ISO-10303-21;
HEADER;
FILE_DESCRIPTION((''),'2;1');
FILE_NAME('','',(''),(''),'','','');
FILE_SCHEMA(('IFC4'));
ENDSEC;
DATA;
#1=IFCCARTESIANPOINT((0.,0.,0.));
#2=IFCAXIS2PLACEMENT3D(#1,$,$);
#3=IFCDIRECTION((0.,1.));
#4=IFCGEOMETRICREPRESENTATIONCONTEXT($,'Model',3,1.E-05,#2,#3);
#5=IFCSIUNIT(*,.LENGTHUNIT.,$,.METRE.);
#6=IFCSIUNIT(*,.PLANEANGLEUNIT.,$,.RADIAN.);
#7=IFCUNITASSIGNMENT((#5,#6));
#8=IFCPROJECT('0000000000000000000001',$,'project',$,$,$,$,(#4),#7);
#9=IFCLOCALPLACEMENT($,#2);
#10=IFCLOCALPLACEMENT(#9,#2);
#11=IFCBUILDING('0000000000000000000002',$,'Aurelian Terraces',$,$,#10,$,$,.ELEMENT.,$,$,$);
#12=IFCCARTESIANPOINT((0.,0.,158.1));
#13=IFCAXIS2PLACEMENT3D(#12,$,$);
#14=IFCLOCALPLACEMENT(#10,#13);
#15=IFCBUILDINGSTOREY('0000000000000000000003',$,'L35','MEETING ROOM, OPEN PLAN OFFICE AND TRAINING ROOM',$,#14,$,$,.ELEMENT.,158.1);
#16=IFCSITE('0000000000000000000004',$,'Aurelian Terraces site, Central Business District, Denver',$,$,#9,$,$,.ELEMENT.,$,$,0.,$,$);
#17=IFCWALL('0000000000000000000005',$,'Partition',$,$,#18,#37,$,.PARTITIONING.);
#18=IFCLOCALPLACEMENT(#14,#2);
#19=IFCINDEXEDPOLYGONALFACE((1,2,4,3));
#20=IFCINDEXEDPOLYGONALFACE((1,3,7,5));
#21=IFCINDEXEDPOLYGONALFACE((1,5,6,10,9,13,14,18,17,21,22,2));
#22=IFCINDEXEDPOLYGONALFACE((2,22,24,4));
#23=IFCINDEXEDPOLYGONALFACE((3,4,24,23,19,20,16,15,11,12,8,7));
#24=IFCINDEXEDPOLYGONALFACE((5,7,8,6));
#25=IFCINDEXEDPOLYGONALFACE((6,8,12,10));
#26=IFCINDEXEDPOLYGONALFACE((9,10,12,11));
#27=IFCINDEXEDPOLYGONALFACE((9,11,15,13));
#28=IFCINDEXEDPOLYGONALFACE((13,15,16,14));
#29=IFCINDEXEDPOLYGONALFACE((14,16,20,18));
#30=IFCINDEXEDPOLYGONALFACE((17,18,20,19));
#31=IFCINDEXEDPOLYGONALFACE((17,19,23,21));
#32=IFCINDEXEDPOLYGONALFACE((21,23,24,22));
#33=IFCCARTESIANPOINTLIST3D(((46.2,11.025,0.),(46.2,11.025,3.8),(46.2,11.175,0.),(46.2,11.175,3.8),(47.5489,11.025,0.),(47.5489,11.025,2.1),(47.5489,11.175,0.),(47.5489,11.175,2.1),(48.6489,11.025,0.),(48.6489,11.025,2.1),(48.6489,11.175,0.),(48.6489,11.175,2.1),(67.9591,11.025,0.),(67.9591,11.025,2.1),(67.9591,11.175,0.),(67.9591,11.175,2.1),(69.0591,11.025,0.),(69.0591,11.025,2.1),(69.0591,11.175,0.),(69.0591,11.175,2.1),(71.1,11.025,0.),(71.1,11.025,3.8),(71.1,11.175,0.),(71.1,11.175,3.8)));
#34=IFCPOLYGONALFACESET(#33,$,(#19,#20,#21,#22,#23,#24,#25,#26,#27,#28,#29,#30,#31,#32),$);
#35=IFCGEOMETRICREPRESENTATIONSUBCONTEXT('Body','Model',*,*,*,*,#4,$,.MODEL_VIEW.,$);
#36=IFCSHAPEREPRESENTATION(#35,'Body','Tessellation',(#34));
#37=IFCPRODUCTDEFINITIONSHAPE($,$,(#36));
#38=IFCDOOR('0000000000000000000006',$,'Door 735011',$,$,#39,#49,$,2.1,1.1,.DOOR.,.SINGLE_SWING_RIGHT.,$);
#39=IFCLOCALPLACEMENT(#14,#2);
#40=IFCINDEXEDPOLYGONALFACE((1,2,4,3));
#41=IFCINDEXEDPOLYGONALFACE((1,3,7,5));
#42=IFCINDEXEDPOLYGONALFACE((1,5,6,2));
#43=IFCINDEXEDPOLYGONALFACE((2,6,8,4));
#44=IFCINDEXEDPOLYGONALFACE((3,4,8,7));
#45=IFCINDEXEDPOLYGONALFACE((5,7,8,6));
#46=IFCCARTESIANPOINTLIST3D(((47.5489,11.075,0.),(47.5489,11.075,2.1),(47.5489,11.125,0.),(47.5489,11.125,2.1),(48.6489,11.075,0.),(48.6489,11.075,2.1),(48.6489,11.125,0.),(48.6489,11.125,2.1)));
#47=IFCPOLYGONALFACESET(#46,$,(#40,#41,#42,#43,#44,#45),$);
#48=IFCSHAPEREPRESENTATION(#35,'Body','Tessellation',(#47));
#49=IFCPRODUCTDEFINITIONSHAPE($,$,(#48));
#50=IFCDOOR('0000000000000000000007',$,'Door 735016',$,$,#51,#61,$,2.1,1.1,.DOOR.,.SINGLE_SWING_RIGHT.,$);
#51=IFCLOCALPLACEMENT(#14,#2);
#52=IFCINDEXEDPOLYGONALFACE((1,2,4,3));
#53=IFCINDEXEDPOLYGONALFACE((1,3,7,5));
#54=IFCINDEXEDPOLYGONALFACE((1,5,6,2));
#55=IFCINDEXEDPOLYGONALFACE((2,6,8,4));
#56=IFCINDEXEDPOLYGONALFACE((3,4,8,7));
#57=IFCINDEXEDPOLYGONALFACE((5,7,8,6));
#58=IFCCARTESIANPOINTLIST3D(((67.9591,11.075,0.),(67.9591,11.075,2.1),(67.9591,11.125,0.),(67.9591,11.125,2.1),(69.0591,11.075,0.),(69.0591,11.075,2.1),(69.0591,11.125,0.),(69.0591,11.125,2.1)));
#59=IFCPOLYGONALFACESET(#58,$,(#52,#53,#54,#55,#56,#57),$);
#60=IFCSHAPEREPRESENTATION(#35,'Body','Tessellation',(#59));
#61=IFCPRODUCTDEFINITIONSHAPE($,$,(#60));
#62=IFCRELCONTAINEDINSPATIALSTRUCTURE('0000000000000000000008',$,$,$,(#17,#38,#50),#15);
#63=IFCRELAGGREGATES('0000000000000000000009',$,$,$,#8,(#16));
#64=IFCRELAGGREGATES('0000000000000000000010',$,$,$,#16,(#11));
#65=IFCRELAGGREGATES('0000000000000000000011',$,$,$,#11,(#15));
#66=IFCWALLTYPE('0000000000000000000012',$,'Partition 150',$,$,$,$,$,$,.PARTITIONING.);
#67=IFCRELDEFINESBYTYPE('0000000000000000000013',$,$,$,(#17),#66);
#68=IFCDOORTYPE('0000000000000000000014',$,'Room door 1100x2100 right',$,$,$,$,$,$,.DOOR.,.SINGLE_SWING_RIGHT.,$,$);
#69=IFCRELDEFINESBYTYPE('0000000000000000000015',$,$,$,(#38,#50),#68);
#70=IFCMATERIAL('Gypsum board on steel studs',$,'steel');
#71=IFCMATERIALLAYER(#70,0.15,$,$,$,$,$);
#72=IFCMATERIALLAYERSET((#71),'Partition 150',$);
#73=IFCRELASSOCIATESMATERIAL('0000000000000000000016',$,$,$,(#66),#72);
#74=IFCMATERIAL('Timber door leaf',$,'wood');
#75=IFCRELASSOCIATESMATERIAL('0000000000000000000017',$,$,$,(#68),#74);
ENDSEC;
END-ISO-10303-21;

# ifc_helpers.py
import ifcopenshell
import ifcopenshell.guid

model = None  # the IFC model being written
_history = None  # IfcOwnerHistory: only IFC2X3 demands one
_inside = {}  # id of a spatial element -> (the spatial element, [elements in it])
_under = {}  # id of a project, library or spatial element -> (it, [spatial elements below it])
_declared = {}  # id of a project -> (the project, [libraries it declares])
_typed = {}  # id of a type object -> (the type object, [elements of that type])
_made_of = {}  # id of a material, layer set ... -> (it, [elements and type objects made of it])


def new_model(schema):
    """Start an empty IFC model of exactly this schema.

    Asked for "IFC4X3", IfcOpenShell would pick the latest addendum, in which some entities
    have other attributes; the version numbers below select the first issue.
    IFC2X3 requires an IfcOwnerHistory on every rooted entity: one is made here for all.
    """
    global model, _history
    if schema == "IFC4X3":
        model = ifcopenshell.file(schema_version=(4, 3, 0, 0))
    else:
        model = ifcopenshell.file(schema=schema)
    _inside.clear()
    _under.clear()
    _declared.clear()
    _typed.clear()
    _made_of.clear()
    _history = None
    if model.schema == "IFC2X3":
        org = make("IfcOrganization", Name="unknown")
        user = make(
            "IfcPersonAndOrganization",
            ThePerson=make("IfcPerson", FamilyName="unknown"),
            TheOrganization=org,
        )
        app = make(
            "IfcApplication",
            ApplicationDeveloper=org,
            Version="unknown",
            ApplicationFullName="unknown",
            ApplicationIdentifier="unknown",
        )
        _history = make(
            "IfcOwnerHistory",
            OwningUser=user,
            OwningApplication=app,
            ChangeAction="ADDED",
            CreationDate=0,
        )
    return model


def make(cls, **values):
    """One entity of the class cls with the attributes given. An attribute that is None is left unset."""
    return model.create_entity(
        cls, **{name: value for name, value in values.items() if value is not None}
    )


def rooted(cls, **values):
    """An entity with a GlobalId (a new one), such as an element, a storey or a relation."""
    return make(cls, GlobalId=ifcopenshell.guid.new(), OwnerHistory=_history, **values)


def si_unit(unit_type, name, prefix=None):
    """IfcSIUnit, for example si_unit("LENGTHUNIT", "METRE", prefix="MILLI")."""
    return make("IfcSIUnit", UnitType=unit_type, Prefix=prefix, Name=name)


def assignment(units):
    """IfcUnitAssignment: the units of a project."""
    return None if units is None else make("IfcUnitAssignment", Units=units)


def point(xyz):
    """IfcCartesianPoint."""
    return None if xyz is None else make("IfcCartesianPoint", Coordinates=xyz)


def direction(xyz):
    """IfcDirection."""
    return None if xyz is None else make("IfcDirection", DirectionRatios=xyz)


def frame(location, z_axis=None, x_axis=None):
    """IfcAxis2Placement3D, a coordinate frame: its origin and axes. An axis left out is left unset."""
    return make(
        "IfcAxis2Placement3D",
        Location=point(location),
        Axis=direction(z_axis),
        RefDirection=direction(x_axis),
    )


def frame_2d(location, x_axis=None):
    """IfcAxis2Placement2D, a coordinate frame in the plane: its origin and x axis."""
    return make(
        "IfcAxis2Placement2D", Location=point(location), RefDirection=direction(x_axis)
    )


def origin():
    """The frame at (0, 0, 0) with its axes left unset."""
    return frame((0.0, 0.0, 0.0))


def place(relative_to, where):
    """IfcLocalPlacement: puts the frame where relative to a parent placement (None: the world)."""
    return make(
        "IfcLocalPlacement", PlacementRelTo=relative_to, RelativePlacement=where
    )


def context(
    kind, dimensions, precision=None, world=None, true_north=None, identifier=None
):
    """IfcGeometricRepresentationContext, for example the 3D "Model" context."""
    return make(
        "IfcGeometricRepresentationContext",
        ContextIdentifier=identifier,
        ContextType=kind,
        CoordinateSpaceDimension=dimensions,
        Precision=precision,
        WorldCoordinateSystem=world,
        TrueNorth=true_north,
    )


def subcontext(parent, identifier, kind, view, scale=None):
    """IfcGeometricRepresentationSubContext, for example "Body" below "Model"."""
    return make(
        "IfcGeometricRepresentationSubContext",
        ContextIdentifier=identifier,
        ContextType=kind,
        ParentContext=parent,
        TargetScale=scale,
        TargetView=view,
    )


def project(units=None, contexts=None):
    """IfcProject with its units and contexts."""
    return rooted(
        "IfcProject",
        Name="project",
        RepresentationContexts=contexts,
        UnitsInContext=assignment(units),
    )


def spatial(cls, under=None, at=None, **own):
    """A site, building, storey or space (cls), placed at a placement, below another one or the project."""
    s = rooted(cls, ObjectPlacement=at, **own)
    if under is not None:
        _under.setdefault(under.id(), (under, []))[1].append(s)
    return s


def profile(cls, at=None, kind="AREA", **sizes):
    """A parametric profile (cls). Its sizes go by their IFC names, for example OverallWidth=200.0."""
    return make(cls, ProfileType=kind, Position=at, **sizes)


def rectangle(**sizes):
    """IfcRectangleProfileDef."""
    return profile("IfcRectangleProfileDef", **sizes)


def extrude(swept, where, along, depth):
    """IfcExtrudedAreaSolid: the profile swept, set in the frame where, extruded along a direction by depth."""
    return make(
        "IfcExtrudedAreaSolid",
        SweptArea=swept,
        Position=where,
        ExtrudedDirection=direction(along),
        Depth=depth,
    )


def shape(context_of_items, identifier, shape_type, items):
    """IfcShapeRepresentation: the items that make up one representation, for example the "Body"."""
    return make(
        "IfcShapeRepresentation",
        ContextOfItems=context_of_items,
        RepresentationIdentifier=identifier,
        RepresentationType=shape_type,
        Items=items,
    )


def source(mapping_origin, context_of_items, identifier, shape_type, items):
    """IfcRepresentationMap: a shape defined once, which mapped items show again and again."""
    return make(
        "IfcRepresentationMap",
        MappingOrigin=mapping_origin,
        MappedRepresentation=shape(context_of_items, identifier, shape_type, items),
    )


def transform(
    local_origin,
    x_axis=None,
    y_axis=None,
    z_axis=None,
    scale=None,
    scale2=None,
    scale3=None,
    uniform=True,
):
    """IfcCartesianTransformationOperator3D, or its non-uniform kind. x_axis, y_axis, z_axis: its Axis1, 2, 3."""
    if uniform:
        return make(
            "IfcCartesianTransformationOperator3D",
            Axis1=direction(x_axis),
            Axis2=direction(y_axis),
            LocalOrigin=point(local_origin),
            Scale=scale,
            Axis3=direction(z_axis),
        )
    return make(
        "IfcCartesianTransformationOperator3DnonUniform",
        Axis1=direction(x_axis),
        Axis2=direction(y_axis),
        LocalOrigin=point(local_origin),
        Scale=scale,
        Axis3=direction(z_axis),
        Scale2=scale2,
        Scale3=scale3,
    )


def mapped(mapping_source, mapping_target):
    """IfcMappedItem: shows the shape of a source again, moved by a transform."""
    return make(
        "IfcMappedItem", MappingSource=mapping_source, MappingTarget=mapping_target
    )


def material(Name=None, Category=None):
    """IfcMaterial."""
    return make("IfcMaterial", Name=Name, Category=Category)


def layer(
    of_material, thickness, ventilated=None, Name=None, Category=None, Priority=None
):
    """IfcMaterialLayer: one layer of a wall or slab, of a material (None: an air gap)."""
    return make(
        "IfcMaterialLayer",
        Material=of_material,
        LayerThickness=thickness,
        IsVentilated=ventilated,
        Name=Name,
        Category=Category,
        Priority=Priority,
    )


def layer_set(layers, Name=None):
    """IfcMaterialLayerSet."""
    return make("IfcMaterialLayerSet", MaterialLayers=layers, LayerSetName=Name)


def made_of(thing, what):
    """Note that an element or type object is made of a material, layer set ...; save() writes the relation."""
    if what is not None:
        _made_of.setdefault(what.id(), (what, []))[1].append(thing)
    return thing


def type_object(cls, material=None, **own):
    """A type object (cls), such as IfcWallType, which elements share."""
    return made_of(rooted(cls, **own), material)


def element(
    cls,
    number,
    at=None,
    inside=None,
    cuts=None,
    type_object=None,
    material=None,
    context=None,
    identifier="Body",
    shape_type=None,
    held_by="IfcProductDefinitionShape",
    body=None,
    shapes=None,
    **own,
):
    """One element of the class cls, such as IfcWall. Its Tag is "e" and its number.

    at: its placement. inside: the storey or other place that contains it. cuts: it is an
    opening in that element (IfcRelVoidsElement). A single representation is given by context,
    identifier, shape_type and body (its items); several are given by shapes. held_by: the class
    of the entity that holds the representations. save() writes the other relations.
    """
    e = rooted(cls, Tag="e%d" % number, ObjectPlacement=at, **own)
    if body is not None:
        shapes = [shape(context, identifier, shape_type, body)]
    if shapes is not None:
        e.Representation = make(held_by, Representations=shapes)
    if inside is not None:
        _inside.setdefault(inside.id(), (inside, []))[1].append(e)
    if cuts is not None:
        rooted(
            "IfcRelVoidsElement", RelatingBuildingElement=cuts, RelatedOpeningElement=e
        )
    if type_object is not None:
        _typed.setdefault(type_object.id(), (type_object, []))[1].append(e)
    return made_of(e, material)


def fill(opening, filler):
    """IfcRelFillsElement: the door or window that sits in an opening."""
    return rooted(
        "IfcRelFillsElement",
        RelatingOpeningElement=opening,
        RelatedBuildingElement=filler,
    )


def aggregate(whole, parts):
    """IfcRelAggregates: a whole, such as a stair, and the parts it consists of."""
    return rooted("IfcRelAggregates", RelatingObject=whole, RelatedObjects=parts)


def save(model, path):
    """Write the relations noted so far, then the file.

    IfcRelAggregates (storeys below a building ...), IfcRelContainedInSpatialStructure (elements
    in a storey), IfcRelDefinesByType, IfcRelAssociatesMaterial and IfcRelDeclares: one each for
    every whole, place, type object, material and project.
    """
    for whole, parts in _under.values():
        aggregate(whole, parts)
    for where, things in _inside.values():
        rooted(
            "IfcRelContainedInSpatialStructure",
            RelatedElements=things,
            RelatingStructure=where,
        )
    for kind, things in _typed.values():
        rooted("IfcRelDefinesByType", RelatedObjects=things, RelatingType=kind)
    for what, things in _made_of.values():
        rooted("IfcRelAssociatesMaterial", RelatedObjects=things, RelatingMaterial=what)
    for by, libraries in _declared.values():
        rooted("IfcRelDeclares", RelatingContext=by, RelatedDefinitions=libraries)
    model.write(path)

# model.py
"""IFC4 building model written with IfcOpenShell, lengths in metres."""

from ifc_helpers import new_model, si_unit, direction, frame, frame_2d, origin, place, context, subcontext, project, spatial, rectangle, extrude, source, transform, mapped, material, layer, layer_set, type_object, element, fill, save


model = new_model("IFC4")

# Units and contexts
model_context = context("Model", 3, precision=1e-05, world=origin(), true_north=direction((0.0, 1.0)))
body_context = subcontext(model_context, "Body", "Model", "MODEL_VIEW")
ifc_project = project(units=[si_unit("LENGTHUNIT", "METRE"), si_unit("PLANEANGLEUNIT", "RADIAN")], contexts=[model_context])

# Site, building, storey
site_placement = place(None, origin())
site = spatial("IfcSite", under=ifc_project, at=site_placement, Name="Aurelian Terraces site, Central Business District, Denver", CompositionType="ELEMENT", RefElevation=0.0)
building_placement = place(site_placement, origin())
building = spatial("IfcBuilding", under=site, at=building_placement, Name="Aurelian Terraces", CompositionType="ELEMENT")
storey_placement = place(building_placement, frame((0.0, 0.0, 158.1)))
storey = spatial("IfcBuildingStorey", under=building, at=storey_placement, Name="L35", Description="MEETING ROOM, OPEN PLAN OFFICE AND TRAINING ROOM", CompositionType="ELEMENT", Elevation=158.1)

# Wall, openings, doors
ifc_material_1 = material(Name="Gypsum board on steel studs", Category="steel")
ifc_layer_1 = layer(ifc_material_1, 0.15)
ifc_layer_set_1 = layer_set([ifc_layer_1], Name="Partition 150")
wall_type_1 = type_object("IfcWallType", Name="Partition 150", PredefinedType="PARTITIONING", material=ifc_layer_set_1)
shared_shape_1 = source(origin(), body_context, "Body", "SweptSolid", [
    extrude(rectangle(XDim=24.9, YDim=0.15, at=frame_2d((12.45, 0.0))), origin(), (0.0, 0.0, 1.0), 3.8),
])
wall_1_placement = place(storey_placement, frame((71.1, 11.1, 0.0), z_axis=(0.0, 0.0, 1.0), x_axis=(-1.0, 0.0, 0.0)))
wall_1 = element("IfcWall", 1, at=wall_1_placement, inside=storey, type_object=wall_type_1, Name="Partition", PredefinedType="PARTITIONING", context=body_context, shape_type="MappedRepresentation", body=[
    mapped(shared_shape_1, transform((0.0, 0.0, 0.0), scale=1.0)),
])
shared_shape_2 = source(origin(), body_context, "Body", "SweptSolid", [
    extrude(rectangle(XDim=1.1, YDim=2.1, at=frame_2d((0.55, 1.05))), frame((0.0, 0.085, 0.0), z_axis=(0.0, -1.0, 0.0), x_axis=(1.0, 0.0, 0.0)), (0.0, 0.0, 1.0), 0.17),
])
opening_1_placement = place(wall_1_placement, frame((22.4511, 0.0, 0.0)))
opening_1 = element("IfcOpeningElement", 2, at=opening_1_placement, cuts=wall_1, PredefinedType="OPENING", context=body_context, shape_type="MappedRepresentation", body=[
    mapped(shared_shape_2, transform((0.0, 0.0, 0.0), scale=1.0)),
])
opening_2_placement = place(wall_1_placement, frame((2.0409, 0.0, 0.0)))
opening_2 = element("IfcOpeningElement", 3, at=opening_2_placement, cuts=wall_1, PredefinedType="OPENING", context=body_context, shape_type="MappedRepresentation", body=[
    mapped(shared_shape_2, transform((0.0, 0.0, 0.0), scale=1.0)),
])
ifc_material_2 = material(Name="Timber door leaf", Category="wood")
door_type_1 = type_object("IfcDoorType", Name="Room door 1100x2100 right", OperationType="SINGLE_SWING_RIGHT", PredefinedType="DOOR", material=ifc_material_2)
shared_shape_3 = source(origin(), body_context, "Body", "SweptSolid", [
    extrude(rectangle(XDim=1.1, YDim=2.1, at=frame_2d((0.55, 1.05))), frame((0.0, 0.025, 0.0), z_axis=(0.0, -1.0, 0.0), x_axis=(1.0, 0.0, 0.0)), (0.0, 0.0, 1.0), 0.05),
])
door_1_placement = place(opening_1_placement, origin())
door_1 = element("IfcDoor", 4, at=door_1_placement, inside=storey, type_object=door_type_1, Name="Door 735011", OperationType="SINGLE_SWING_RIGHT", OverallHeight=2.1, OverallWidth=1.1, PredefinedType="DOOR", context=body_context, shape_type="MappedRepresentation", body=[
    mapped(shared_shape_3, transform((0.0, 0.0, 0.0), scale=1.0)),
])
fill(opening_1, door_1)
door_2_placement = place(opening_2_placement, origin())
door_2 = element("IfcDoor", 5, at=door_2_placement, inside=storey, type_object=door_type_1, Name="Door 735016", OperationType="SINGLE_SWING_RIGHT", OverallHeight=2.1, OverallWidth=1.1, PredefinedType="DOOR", context=body_context, shape_type="MappedRepresentation", body=[
    mapped(shared_shape_3, transform((0.0, 0.0, 0.0), scale=1.0)),
])
fill(opening_2, door_2)

save(model, "model.ifc")
